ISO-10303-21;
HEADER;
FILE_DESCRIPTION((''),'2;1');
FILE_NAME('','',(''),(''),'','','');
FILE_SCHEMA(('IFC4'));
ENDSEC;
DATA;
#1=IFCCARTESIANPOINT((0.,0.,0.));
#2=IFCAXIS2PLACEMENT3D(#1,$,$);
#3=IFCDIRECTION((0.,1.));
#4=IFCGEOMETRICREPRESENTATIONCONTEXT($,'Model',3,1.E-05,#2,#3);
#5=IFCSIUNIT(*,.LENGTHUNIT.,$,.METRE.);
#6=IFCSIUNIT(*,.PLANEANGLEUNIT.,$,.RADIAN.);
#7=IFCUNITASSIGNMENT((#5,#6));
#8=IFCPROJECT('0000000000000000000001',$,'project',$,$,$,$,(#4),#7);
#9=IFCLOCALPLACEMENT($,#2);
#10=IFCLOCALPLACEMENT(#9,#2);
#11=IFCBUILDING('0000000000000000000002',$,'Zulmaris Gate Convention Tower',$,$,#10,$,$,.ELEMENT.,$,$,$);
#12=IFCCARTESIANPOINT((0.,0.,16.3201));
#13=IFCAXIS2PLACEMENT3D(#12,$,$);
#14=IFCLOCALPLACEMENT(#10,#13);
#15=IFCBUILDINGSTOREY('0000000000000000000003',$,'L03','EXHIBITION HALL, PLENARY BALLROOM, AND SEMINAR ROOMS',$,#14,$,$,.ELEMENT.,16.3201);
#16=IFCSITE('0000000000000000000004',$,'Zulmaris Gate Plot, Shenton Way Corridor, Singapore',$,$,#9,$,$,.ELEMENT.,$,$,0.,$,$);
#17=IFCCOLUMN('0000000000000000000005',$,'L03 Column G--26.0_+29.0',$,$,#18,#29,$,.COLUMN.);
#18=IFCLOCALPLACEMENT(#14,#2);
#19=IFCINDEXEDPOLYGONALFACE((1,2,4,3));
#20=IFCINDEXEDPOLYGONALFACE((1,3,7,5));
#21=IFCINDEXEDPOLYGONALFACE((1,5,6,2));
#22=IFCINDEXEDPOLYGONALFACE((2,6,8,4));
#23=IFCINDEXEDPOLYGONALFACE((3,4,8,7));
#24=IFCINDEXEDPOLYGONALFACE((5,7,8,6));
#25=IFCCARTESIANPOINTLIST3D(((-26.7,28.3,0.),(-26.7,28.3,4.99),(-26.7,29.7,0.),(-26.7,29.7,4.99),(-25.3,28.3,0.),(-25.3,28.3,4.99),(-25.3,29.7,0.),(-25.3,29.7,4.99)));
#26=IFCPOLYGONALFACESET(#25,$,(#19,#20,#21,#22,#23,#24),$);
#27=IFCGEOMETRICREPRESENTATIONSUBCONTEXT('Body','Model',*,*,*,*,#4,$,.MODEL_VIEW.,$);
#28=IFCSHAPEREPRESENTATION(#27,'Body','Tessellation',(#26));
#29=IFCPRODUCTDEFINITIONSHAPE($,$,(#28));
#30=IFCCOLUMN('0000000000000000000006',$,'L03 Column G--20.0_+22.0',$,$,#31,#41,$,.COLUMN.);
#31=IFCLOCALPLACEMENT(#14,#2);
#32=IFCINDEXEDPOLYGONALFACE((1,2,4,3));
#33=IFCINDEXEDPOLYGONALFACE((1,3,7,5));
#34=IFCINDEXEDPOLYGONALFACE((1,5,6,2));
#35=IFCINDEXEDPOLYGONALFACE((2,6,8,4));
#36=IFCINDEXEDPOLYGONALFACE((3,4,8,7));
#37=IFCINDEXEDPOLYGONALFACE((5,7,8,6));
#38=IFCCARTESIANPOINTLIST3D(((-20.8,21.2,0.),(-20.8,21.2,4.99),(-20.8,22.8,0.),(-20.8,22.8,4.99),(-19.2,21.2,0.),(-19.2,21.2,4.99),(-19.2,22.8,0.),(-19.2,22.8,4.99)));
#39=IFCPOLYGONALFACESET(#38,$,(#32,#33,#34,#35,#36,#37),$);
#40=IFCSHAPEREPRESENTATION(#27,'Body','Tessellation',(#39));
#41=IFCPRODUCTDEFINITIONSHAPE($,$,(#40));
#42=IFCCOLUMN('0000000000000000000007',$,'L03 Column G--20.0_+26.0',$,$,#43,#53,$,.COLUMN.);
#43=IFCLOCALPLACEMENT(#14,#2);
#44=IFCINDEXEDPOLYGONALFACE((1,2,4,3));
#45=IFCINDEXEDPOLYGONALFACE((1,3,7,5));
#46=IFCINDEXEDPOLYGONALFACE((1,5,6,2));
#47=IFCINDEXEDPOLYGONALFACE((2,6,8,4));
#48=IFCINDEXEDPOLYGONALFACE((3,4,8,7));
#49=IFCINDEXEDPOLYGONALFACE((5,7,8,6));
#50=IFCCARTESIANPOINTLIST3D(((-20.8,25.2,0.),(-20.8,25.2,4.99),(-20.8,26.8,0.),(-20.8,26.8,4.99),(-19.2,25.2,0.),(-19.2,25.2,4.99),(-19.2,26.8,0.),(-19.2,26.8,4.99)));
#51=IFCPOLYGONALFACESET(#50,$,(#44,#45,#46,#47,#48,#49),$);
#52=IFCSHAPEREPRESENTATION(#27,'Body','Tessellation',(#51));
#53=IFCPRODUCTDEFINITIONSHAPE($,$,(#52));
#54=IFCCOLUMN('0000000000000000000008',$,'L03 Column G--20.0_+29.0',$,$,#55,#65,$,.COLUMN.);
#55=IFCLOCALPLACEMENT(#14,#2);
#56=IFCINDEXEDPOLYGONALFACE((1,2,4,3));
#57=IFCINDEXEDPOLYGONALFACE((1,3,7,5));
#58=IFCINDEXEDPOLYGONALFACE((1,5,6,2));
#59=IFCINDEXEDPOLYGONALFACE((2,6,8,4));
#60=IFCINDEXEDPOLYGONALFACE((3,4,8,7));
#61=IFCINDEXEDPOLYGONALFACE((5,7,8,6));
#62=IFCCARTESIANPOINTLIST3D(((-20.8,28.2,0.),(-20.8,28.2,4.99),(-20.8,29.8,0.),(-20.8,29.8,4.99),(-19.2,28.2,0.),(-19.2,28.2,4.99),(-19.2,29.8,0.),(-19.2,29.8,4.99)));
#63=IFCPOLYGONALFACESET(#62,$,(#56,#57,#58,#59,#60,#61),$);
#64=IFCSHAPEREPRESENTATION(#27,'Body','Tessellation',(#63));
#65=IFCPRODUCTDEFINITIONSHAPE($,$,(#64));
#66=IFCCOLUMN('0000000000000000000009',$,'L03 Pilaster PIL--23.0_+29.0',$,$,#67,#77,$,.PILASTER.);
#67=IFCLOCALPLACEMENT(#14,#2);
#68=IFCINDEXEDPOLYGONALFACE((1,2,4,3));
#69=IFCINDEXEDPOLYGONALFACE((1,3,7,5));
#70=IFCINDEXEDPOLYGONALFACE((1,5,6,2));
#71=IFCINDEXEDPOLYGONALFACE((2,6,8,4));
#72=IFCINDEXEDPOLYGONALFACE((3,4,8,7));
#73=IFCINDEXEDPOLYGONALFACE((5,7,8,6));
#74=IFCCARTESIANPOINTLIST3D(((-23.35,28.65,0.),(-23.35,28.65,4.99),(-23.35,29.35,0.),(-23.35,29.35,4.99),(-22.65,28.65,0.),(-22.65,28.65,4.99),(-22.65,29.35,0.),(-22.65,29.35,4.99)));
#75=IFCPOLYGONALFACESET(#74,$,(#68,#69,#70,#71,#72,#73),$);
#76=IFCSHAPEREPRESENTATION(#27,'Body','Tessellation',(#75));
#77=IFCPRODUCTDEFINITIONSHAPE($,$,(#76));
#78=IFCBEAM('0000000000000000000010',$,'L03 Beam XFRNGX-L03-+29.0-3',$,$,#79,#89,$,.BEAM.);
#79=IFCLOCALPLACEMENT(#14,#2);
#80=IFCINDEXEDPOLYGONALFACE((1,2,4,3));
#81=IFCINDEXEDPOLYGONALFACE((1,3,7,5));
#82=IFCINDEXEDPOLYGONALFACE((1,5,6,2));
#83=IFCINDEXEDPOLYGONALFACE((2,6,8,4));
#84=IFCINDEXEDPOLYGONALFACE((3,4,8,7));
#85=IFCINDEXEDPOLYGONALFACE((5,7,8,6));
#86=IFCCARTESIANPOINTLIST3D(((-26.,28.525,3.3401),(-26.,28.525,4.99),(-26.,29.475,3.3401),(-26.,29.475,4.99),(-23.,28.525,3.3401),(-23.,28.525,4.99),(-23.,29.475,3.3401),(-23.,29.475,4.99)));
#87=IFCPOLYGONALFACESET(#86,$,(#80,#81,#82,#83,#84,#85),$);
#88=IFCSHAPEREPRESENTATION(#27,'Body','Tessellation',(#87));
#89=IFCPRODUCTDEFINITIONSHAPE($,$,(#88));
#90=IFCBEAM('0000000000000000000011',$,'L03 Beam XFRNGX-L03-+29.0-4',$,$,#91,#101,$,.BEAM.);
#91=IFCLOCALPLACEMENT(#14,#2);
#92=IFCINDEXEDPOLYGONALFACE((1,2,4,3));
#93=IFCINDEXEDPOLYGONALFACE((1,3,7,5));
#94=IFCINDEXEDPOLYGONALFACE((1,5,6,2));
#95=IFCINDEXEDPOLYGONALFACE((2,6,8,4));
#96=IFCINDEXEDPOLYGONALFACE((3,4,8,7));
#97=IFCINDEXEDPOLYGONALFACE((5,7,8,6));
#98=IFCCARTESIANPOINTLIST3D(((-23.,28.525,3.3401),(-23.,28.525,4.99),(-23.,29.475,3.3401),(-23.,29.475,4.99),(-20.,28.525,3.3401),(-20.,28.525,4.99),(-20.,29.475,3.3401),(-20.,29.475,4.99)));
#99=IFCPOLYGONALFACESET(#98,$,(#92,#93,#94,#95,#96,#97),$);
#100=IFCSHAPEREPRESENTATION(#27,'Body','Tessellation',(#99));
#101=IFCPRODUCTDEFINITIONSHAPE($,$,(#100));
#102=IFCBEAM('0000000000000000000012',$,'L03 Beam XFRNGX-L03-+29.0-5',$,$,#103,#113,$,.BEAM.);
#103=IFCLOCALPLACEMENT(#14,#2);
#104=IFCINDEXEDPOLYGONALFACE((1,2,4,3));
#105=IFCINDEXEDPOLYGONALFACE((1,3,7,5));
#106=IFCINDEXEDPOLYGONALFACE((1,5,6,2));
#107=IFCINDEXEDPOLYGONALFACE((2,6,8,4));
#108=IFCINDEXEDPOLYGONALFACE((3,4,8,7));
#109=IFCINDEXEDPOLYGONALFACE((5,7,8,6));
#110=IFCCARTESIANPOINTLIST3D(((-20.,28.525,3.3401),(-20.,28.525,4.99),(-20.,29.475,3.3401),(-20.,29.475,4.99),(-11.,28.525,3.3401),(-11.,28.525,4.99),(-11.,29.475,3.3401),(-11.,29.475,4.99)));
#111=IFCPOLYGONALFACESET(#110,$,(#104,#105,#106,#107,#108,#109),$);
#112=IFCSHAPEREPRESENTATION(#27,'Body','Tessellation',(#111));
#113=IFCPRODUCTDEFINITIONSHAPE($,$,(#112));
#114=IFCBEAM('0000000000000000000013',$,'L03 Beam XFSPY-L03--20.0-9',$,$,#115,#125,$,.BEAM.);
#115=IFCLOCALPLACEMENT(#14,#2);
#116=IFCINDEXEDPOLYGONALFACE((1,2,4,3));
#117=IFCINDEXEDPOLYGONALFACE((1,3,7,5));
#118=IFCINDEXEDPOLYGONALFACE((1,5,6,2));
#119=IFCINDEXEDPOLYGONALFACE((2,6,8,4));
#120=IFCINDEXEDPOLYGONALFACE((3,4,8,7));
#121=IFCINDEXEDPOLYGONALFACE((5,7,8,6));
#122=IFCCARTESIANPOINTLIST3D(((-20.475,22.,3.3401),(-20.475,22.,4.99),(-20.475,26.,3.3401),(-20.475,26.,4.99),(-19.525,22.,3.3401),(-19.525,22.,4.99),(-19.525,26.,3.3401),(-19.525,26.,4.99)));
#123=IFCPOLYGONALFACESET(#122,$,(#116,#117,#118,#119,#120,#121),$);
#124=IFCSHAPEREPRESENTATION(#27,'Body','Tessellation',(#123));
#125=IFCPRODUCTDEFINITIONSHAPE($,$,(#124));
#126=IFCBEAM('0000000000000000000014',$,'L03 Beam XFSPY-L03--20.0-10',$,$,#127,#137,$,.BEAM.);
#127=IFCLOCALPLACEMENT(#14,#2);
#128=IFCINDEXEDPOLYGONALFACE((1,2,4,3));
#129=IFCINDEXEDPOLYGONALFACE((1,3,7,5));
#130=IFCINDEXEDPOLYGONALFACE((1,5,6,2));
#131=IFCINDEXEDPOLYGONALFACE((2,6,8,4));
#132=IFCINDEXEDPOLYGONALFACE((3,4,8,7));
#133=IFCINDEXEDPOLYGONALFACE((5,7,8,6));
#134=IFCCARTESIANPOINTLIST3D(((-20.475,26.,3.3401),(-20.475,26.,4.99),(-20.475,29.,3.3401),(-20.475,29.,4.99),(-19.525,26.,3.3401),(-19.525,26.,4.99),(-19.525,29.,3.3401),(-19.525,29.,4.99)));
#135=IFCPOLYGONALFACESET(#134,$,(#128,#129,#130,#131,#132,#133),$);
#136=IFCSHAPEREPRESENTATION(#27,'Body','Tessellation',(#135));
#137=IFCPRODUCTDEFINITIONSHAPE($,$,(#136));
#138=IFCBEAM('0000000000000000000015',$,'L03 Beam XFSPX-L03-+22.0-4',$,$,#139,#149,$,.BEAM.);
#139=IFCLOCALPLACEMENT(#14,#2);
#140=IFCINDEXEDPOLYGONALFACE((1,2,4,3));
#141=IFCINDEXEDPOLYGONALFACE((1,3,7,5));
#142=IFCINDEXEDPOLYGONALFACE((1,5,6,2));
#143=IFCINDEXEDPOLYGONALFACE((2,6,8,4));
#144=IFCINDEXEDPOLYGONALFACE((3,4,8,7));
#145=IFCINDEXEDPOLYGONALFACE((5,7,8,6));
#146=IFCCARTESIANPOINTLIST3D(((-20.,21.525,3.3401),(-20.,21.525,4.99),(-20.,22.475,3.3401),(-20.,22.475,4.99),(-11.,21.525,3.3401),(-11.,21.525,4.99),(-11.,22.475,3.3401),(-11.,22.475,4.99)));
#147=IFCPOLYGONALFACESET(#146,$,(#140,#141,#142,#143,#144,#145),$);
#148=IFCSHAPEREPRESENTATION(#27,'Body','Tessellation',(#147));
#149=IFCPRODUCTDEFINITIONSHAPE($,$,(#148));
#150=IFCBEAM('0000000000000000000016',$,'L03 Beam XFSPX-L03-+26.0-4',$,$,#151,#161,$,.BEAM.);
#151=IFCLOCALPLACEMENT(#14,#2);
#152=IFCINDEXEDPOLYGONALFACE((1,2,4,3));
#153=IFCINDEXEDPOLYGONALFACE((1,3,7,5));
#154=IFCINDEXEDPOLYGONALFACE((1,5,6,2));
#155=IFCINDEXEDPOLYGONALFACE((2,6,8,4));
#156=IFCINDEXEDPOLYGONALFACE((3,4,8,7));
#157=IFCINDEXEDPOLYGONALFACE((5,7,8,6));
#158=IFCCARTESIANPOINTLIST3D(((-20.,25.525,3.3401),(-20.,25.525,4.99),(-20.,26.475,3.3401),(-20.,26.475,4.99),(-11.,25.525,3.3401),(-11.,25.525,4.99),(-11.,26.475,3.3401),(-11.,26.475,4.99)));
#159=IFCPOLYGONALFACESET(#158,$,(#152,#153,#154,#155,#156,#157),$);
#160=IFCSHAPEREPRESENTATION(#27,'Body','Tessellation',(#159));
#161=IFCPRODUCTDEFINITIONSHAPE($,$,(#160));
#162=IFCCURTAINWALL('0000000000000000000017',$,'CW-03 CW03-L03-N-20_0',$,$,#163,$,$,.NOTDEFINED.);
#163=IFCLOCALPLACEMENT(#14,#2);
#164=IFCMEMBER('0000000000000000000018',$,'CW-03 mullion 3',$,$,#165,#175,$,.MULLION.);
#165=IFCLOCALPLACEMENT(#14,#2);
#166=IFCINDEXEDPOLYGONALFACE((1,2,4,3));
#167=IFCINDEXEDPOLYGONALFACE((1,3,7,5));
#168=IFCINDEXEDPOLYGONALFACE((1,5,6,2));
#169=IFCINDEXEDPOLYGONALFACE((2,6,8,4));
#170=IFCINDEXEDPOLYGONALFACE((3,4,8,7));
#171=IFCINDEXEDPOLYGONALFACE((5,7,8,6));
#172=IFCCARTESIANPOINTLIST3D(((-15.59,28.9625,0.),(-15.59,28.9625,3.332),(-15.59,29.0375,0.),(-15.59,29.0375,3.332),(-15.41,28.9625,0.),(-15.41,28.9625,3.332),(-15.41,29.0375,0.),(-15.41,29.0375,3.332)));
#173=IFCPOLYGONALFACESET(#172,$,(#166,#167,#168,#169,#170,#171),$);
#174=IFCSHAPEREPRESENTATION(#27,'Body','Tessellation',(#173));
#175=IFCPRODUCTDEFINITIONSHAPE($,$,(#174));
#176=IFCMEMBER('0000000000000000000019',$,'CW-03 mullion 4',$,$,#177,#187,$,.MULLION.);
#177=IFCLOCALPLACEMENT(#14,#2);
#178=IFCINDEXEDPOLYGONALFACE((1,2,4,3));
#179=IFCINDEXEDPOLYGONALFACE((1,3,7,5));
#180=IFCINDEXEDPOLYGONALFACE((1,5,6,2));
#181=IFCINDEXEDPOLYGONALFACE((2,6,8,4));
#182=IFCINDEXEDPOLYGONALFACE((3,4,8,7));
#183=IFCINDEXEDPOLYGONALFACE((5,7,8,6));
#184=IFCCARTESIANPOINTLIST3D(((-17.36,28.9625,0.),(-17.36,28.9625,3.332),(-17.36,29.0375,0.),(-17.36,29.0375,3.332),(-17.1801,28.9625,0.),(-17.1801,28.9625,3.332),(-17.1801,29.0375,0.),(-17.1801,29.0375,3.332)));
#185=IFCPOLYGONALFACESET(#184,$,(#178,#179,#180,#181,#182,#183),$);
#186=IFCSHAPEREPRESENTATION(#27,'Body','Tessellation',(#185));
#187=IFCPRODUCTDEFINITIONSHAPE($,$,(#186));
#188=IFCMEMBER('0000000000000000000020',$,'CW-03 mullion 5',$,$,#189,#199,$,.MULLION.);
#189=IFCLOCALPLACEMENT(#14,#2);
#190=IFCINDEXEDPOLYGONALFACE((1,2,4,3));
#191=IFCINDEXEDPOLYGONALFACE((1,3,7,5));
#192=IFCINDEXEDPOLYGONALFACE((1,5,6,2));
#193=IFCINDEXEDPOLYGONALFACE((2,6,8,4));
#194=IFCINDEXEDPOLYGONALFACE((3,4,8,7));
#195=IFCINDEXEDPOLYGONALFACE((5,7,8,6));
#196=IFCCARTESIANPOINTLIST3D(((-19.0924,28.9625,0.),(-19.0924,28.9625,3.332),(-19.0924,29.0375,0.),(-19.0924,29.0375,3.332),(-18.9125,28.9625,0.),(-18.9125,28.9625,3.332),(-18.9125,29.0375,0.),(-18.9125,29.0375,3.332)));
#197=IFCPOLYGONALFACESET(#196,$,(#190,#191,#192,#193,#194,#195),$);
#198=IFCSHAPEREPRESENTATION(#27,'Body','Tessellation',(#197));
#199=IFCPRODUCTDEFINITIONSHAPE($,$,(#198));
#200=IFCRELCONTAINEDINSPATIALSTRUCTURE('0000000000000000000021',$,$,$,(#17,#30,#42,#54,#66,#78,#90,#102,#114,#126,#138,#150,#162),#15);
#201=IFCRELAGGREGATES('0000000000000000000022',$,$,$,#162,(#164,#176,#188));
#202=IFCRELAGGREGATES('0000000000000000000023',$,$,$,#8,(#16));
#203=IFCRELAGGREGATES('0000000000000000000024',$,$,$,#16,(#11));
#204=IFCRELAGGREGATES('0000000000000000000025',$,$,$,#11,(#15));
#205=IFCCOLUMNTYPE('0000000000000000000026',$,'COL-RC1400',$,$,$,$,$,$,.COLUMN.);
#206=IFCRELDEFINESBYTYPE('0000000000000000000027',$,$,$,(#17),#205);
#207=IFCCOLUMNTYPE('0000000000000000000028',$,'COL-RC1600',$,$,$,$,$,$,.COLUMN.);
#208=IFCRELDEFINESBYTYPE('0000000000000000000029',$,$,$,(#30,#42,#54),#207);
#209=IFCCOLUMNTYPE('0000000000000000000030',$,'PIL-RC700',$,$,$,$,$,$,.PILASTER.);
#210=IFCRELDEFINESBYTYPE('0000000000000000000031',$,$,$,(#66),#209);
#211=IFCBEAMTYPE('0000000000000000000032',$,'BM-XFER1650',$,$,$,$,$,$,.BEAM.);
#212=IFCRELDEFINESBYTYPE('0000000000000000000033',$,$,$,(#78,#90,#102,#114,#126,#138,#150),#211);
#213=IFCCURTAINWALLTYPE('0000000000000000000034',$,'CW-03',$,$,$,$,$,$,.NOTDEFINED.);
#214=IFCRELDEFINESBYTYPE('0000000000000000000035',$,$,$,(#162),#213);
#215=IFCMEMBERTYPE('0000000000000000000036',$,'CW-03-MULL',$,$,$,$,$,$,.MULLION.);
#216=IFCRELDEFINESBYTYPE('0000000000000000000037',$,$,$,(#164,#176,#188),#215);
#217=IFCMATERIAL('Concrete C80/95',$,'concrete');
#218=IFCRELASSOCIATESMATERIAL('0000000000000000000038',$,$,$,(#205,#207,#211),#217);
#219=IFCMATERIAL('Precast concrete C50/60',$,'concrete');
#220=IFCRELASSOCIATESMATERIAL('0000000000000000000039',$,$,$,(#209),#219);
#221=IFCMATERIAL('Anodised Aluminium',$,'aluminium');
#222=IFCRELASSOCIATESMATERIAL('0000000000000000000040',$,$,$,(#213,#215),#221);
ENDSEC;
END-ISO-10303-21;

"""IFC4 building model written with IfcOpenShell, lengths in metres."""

from ifc_helpers import new_model, si_unit, direction, frame, origin, origin_2d, place, context, subcontext, project, spatial, rectangle, extrude, material, material_profile, profile_set, type_object, element, aggregate, save


model = new_model("IFC4")

# Units and contexts
model_context = context("Model", 3, precision=1e-05, world=origin(), true_north=direction((0.0, 1.0)))
body_context = subcontext(model_context, "Body", "Model", "MODEL_VIEW")
ifc_project = project(units=[si_unit("LENGTHUNIT", "METRE"), si_unit("PLANEANGLEUNIT", "RADIAN")], contexts=[model_context])

# Site, building, storey
site_placement = place(None, origin())
site = spatial("IfcSite", under=ifc_project, at=site_placement, Name="Zulmaris Gate Plot, Shenton Way Corridor, Singapore", CompositionType="ELEMENT", RefElevation=0.0)
building_placement = place(site_placement, origin())
building = spatial("IfcBuilding", under=site, at=building_placement, Name="Zulmaris Gate Convention Tower", CompositionType="ELEMENT")
storey_placement = place(building_placement, frame((0.0, 0.0, 16.3201)))
storey = spatial("IfcBuildingStorey", under=building, at=storey_placement, Name="L03", Description="EXHIBITION HALL, PLENARY BALLROOM, AND SEMINAR ROOMS", CompositionType="ELEMENT", Elevation=16.3201)

# Columns
ifc_material_1 = material(Name="Concrete C80/95", Category="concrete")
ifc_material_profile_1 = material_profile(ifc_material_1, rectangle(XDim=1.3999, YDim=1.3999, at=origin_2d()), Name="RC COL 1400x1400")
ifc_profile_set_1 = profile_set([ifc_material_profile_1], Name="Concrete C80/95")
column_type_1 = type_object("IfcColumnType", Name="COL-RC1400", PredefinedType="COLUMN", material=ifc_profile_set_1)
column_1_placement = place(storey_placement, frame((-26.0, 29.0, 0.0), z_axis=(0.0, 0.0, 1.0), x_axis=(1.0, 0.0, 0.0)))
element("IfcColumn", 1, at=column_1_placement, inside=storey, type_object=column_type_1, Name="L03 Column G--26.0_+29.0", PredefinedType="COLUMN", context=body_context, shape_type="SweptSolid", body=[
    extrude(rectangle(XDim=1.3999, YDim=1.3999, at=origin_2d()), origin(), (0.0, 0.0, 1.0), 4.99),
])
ifc_material_profile_2 = material_profile(ifc_material_1, rectangle(XDim=1.6001, YDim=1.6001, at=origin_2d()), Name="RC COL 1600x1600")
ifc_profile_set_2 = profile_set([ifc_material_profile_2], Name="Concrete C80/95")
column_type_2 = type_object("IfcColumnType", Name="COL-RC1600", PredefinedType="COLUMN", material=ifc_profile_set_2)
for number, where, z_axis, x_axis, name in (
    (2, (-20.0, 22.0, 0.0), (0.0, 0.0, 1.0), (1.0, 0.0, 0.0), "L03 Column G--20.0_+22.0"),
    (3, (-20.0, 26.0, 0.0), (0.0, 0.0, 1.0), (1.0, 0.0, 0.0), "L03 Column G--20.0_+26.0"),
    (4, (-20.0, 29.0, 0.0), (0.0, 0.0, 1.0), (1.0, 0.0, 0.0), "L03 Column G--20.0_+29.0"),
):
    element("IfcColumn", number, at=place(storey_placement, frame(where, z_axis=z_axis, x_axis=x_axis)), inside=storey, type_object=column_type_2, Name=name, PredefinedType="COLUMN", context=body_context, shape_type="SweptSolid", body=[
        extrude(rectangle(XDim=1.6001, YDim=1.6001, at=origin_2d()), origin(), (0.0, 0.0, 1.0), 4.99),
    ])
ifc_material_2 = material(Name="Precast concrete C50/60", Category="concrete")
ifc_material_profile_3 = material_profile(ifc_material_2, rectangle(XDim=0.7, YDim=0.7, at=origin_2d()), Name="RC COL 700x700")
ifc_profile_set_3 = profile_set([ifc_material_profile_3], Name="Precast concrete C50/60")
column_type_3 = type_object("IfcColumnType", Name="PIL-RC700", PredefinedType="PILASTER", material=ifc_profile_set_3)
column_2_placement = place(storey_placement, frame((-23.0, 29.0, 0.0), z_axis=(0.0, 0.0, 1.0), x_axis=(1.0, 0.0, 0.0)))
element("IfcColumn", 5, at=column_2_placement, inside=storey, type_object=column_type_3, Name="L03 Pilaster PIL--23.0_+29.0", PredefinedType="PILASTER", context=body_context, shape_type="SweptSolid", body=[
    extrude(rectangle(XDim=0.7, YDim=0.7, at=origin_2d()), origin(), (0.0, 0.0, 1.0), 4.99),
])

# Beams
ifc_material_profile_4 = material_profile(ifc_material_1, rectangle(XDim=0.95, YDim=1.6499, at=origin_2d()), Name="RC TRANSFER 950x1650")
ifc_profile_set_4 = profile_set([ifc_material_profile_4], Name="Concrete C80/95")
beam_type = type_object("IfcBeamType", Name="BM-XFER1650", PredefinedType="BEAM", material=ifc_profile_set_4)
for number, where, z_axis, x_axis, name in (
    (6, (-26.0, 29.0, 4.165), (1.0, 0.0, 0.0), (0.0, 1.0, 0.0), "L03 Beam XFRNGX-L03-+29.0-3"),
    (7, (-23.0, 29.0, 4.165), (1.0, 0.0, 0.0), (0.0, 1.0, 0.0), "L03 Beam XFRNGX-L03-+29.0-4"),
):
    element("IfcBeam", number, at=place(storey_placement, frame(where, z_axis=z_axis, x_axis=x_axis)), inside=storey, type_object=beam_type, Name=name, PredefinedType="BEAM", context=body_context, shape_type="SweptSolid", body=[
        extrude(rectangle(XDim=0.95, YDim=1.6499, at=origin_2d()), origin(), (0.0, 0.0, 1.0), 3.0),
    ])
beam_1_placement = place(storey_placement, frame((-20.0, 29.0, 4.165), z_axis=(1.0, 0.0, 0.0), x_axis=(0.0, 1.0, 0.0)))
element("IfcBeam", 8, at=beam_1_placement, inside=storey, type_object=beam_type, Name="L03 Beam XFRNGX-L03-+29.0-5", PredefinedType="BEAM", context=body_context, shape_type="SweptSolid", body=[
    extrude(rectangle(XDim=0.95, YDim=1.6499, at=origin_2d()), origin(), (0.0, 0.0, 1.0), 9.0),
])
beam_2_placement = place(storey_placement, frame((-20.0, 22.0, 4.165), z_axis=(0.0, 1.0, 0.0), x_axis=(-1.0, 0.0, 0.0)))
element("IfcBeam", 9, at=beam_2_placement, inside=storey, type_object=beam_type, Name="L03 Beam XFSPY-L03--20.0-9", PredefinedType="BEAM", context=body_context, shape_type="SweptSolid", body=[
    extrude(rectangle(XDim=0.95, YDim=1.6499, at=origin_2d()), origin(), (0.0, 0.0, 1.0), 4.0),
])
beam_3_placement = place(storey_placement, frame((-20.0, 26.0, 4.165), z_axis=(0.0, 1.0, 0.0), x_axis=(-1.0, 0.0, 0.0)))
element("IfcBeam", 10, at=beam_3_placement, inside=storey, type_object=beam_type, Name="L03 Beam XFSPY-L03--20.0-10", PredefinedType="BEAM", context=body_context, shape_type="SweptSolid", body=[
    extrude(rectangle(XDim=0.95, YDim=1.6499, at=origin_2d()), origin(), (0.0, 0.0, 1.0), 3.0),
])
for number, where, z_axis, x_axis, name in (
    (11, (-20.0, 22.0, 4.165), (1.0, 0.0, 0.0), (0.0, 1.0, 0.0), "L03 Beam XFSPX-L03-+22.0-4"),
    (12, (-20.0, 26.0, 4.165), (1.0, 0.0, 0.0), (0.0, 1.0, 0.0), "L03 Beam XFSPX-L03-+26.0-4"),
):
    element("IfcBeam", number, at=place(storey_placement, frame(where, z_axis=z_axis, x_axis=x_axis)), inside=storey, type_object=beam_type, Name=name, PredefinedType="BEAM", context=body_context, shape_type="SweptSolid", body=[
        extrude(rectangle(XDim=0.95, YDim=1.6499, at=origin_2d()), origin(), (0.0, 0.0, 1.0), 9.0),
    ])

# Curtain wall, members
ifc_material_3 = material(Name="Anodised Aluminium", Category="aluminium")
curtain_wall_type = type_object("IfcCurtainWallType", Name="CW-03", PredefinedType="NOTDEFINED", material=ifc_material_3)
curtain_wall_placement = place(storey_placement, origin())
curtain_wall = element("IfcCurtainWall", 13, at=curtain_wall_placement, inside=storey, type_object=curtain_wall_type, Name="CW-03 CW03-L03-N-20_0", PredefinedType="NOTDEFINED")
ifc_material_profile_5 = material_profile(ifc_material_3, rectangle(XDim=0.075, YDim=0.1799, at=origin_2d()), Name="ALU MULLION 75x180")
ifc_profile_set_5 = profile_set([ifc_material_profile_5], Name="Anodised Aluminium")
member_type_1 = type_object("IfcMemberType", Name="CW-03-MULL", PredefinedType="MULLION", material=ifc_profile_set_5)
member_1_placement = place(storey_placement, frame((-15.5, 29.0, 0.0), z_axis=(0.0, 0.0, 1.0), x_axis=(0.0, -1.0, 0.0)))
member_1 = element("IfcMember", 14, at=member_1_placement, type_object=member_type_1, Name="CW-03 mullion 3", PredefinedType="MULLION", context=body_context, shape_type="SweptSolid", body=[
    extrude(rectangle(XDim=0.075, YDim=0.1799, at=origin_2d()), origin(), (0.0, 0.0, 1.0), 3.332),
])
member_2_placement = place(storey_placement, frame((-17.27, 29.0, 0.0), z_axis=(0.0, 0.0, 1.0), x_axis=(0.0, -1.0, 0.0)))
member_2 = element("IfcMember", 15, at=member_2_placement, type_object=member_type_1, Name="CW-03 mullion 4", PredefinedType="MULLION", context=body_context, shape_type="SweptSolid", body=[
    extrude(rectangle(XDim=0.075, YDim=0.1799, at=origin_2d()), origin(), (0.0, 0.0, 1.0), 3.332),
])
member_3_placement = place(storey_placement, frame((-19.0024, 29.0, 0.0), z_axis=(0.0, 0.0, 1.0), x_axis=(0.0, -1.0, 0.0)))
member_3 = element("IfcMember", 16, at=member_3_placement, type_object=member_type_1, Name="CW-03 mullion 5", PredefinedType="MULLION", context=body_context, shape_type="SweptSolid", body=[
    extrude(rectangle(XDim=0.075, YDim=0.1799, at=origin_2d()), origin(), (0.0, 0.0, 1.0), 3.332),
])
aggregate(curtain_wall, [member_1, member_2, member_3])

save(model, "model.ifc")
